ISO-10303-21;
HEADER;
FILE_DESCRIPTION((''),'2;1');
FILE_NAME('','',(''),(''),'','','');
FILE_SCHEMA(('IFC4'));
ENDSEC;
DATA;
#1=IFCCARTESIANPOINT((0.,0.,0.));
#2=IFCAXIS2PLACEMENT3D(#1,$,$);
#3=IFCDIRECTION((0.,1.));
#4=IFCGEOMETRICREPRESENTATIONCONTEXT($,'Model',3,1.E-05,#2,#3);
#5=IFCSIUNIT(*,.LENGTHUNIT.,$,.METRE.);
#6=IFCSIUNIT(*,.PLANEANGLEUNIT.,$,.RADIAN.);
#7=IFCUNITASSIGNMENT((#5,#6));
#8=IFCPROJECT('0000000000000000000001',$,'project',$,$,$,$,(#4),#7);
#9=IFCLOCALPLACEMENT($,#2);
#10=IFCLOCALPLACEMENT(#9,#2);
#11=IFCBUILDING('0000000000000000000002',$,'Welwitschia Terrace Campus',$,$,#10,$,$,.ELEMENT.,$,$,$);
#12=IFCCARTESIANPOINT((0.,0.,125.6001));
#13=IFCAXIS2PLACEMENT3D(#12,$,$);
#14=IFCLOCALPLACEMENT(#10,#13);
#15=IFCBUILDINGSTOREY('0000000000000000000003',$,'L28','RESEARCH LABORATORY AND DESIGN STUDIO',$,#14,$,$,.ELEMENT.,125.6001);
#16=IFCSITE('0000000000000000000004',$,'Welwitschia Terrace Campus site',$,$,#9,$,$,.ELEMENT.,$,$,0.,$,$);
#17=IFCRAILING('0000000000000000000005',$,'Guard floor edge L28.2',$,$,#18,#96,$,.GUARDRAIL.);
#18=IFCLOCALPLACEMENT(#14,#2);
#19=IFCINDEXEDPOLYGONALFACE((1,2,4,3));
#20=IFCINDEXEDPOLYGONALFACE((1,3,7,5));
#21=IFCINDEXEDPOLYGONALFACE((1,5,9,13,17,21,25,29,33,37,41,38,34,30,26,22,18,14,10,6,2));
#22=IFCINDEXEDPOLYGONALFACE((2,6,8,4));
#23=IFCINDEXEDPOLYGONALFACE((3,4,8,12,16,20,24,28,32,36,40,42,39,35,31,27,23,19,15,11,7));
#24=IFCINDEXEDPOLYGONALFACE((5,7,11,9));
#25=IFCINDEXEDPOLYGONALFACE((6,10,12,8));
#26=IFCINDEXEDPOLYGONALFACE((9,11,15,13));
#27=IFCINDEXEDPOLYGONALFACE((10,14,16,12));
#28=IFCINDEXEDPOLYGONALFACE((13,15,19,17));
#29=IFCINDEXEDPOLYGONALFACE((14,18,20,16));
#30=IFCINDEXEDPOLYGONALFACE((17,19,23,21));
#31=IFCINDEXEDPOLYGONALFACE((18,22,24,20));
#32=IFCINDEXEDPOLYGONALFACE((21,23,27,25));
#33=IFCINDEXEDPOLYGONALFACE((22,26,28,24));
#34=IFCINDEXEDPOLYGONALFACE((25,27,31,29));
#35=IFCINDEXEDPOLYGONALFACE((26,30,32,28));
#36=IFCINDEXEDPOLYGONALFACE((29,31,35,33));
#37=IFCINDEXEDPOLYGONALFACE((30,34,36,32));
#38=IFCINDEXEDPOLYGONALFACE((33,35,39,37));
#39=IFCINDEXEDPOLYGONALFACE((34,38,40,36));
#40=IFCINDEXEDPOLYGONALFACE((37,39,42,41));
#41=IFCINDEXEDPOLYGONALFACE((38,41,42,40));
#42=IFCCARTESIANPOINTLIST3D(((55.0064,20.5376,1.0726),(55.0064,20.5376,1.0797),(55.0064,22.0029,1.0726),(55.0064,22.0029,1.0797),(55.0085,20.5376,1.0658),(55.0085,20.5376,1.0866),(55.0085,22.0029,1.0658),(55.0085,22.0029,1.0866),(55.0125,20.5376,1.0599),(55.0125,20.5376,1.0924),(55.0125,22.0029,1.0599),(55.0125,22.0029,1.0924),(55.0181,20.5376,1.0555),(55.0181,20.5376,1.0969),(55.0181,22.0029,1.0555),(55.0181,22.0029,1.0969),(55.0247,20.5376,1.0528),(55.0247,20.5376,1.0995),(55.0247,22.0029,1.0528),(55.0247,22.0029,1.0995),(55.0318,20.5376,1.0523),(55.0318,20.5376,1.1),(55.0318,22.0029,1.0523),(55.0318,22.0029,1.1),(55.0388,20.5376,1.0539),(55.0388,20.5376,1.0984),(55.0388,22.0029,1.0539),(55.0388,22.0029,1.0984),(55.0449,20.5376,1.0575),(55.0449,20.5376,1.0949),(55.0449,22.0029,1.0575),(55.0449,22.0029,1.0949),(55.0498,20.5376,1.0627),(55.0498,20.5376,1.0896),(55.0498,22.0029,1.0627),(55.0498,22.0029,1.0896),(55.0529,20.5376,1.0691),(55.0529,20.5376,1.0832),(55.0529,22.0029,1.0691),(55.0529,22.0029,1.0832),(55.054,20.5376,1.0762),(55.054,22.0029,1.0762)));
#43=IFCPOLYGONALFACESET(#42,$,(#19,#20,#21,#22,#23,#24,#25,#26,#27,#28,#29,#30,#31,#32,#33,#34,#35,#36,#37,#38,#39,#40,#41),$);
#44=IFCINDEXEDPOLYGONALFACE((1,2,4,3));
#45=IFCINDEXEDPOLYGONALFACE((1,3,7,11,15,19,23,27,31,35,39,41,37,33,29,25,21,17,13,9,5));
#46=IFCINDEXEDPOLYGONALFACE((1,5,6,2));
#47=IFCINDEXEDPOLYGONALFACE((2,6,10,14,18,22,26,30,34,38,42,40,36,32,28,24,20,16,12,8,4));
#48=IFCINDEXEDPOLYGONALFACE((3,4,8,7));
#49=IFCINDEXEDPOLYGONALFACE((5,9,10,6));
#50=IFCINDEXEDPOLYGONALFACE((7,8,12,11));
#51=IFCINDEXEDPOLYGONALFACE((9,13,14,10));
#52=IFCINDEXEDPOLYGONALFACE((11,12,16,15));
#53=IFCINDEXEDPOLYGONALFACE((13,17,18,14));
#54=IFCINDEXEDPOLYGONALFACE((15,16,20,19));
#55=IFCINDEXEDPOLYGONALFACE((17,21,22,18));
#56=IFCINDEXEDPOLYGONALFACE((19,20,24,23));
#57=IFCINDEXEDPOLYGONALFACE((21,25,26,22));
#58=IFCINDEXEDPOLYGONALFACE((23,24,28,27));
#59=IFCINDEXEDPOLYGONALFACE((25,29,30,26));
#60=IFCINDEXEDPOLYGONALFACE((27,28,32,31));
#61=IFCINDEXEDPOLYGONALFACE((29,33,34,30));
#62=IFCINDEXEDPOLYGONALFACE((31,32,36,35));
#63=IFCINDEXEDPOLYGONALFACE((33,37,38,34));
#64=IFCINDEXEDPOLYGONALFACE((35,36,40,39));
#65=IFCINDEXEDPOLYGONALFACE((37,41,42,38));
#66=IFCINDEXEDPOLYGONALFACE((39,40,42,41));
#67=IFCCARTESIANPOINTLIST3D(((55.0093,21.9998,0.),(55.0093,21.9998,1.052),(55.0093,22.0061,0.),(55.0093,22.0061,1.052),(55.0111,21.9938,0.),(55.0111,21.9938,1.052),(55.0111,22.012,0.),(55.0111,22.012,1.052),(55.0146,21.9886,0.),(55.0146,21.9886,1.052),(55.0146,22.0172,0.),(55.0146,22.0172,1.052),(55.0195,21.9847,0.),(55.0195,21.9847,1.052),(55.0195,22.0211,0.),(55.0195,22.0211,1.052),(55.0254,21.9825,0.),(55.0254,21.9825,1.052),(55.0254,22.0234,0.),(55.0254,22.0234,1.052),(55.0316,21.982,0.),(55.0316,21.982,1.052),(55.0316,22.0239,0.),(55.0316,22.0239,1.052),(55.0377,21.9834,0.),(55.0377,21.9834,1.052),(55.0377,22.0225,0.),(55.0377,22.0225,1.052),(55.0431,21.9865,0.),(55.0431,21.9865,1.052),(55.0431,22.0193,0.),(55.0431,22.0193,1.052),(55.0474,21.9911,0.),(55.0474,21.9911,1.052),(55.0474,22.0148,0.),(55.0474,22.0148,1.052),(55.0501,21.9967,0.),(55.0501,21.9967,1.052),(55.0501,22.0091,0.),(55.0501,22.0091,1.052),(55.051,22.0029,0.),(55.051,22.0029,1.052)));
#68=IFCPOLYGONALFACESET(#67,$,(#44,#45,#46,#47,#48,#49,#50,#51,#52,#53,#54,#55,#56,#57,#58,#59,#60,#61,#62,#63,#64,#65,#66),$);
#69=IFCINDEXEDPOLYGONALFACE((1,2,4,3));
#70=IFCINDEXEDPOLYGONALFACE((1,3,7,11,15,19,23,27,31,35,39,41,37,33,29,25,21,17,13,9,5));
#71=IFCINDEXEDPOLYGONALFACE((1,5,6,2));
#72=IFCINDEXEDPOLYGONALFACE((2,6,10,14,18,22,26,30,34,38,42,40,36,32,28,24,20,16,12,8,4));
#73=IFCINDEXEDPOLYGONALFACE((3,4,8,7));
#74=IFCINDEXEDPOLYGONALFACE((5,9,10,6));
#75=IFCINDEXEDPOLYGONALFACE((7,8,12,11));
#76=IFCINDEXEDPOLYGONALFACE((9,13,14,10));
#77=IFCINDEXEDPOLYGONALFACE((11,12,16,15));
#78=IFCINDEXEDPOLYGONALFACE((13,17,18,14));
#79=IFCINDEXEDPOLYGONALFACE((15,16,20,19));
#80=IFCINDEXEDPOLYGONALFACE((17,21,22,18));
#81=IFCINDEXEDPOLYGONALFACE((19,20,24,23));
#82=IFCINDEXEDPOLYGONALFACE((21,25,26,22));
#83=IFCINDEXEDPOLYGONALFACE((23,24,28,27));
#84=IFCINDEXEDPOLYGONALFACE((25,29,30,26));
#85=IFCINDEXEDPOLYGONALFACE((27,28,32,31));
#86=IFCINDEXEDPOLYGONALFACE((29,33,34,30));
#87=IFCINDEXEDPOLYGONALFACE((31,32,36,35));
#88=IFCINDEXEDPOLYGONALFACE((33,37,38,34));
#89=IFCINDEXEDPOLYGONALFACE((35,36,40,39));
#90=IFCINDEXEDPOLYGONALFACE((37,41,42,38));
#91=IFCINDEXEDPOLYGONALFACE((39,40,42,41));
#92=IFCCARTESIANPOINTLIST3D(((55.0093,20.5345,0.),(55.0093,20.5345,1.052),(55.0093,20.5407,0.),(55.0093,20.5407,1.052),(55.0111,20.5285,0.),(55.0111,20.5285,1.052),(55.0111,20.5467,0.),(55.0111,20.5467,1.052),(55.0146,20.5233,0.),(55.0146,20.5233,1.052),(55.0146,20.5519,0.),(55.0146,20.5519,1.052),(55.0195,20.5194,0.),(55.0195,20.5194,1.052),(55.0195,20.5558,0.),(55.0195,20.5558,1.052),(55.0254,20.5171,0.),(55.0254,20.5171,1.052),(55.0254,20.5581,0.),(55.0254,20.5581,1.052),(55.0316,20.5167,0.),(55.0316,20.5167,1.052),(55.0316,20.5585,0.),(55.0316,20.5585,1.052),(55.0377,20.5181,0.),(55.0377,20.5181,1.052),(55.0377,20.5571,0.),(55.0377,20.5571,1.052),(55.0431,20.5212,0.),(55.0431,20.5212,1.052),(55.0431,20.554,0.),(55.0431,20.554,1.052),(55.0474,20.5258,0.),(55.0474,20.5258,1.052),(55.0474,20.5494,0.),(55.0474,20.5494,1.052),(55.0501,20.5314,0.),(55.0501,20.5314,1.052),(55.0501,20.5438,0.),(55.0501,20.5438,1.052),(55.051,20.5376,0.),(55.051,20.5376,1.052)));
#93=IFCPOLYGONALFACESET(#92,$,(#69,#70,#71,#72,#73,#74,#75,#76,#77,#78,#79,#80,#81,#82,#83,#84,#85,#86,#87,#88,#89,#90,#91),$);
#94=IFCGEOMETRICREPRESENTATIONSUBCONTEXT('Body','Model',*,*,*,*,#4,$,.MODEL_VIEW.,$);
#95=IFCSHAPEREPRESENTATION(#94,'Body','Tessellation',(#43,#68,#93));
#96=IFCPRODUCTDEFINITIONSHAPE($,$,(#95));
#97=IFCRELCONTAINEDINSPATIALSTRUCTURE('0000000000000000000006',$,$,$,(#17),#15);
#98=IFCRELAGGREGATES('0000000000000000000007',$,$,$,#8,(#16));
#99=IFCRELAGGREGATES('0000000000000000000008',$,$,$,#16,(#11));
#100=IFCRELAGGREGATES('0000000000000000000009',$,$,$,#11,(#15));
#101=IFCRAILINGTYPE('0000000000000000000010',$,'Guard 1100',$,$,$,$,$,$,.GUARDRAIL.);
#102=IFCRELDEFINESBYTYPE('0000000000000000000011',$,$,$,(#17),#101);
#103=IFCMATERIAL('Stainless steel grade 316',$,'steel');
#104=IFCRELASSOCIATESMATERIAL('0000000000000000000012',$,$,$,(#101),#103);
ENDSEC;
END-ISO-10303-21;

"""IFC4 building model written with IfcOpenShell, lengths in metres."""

from ifc_helpers import new_model, si_unit, direction, frame, origin, origin_2d, place, context, subcontext, project, spatial, circle, extrude, material, type_object, element, save


model = new_model("IFC4")

# Units and contexts
model_context = context("Model", 3, precision=1e-05, world=origin(), true_north=direction((0.0, 1.0)))
body_context = subcontext(model_context, "Body", "Model", "MODEL_VIEW")
ifc_project = project(units=[si_unit("LENGTHUNIT", "METRE"), si_unit("PLANEANGLEUNIT", "RADIAN")], contexts=[model_context])

# Site, building, storey
site_placement = place(None, origin())
site = spatial("IfcSite", under=ifc_project, at=site_placement, Name="Welwitschia Terrace Campus site", CompositionType="ELEMENT", RefElevation=0.0)
building_placement = place(site_placement, origin())
building = spatial("IfcBuilding", under=site, at=building_placement, Name="Welwitschia Terrace Campus", CompositionType="ELEMENT")
storey_placement = place(building_placement, frame((0.0, 0.0, 125.6001)))
storey = spatial("IfcBuildingStorey", under=building, at=storey_placement, Name="L28", Description="RESEARCH LABORATORY AND DESIGN STUDIO", CompositionType="ELEMENT", Elevation=125.6001)

# Railing
ifc_material_1 = material(Name="Stainless steel grade 316", Category="steel")
railing_type = type_object("IfcRailingType", Name="Guard 1100", PredefinedType="GUARDRAIL", material=ifc_material_1)
railing_1_placement = place(storey_placement, frame((55.03, 22.0029, 0.0)))
element("IfcRailing", 1, at=railing_1_placement, inside=storey, type_object=railing_type, Name="Guard floor edge L28.2", PredefinedType="GUARDRAIL", context=body_context, shape_type="SweptSolid", body=[
    extrude(circle(Radius=0.0239, at=origin_2d()), frame((0.0, 0.0, 1.0762), z_axis=(0.0, -1.0, 0.0), x_axis=(1.0, 0.0, 0.0)), (0.0, 0.0, 1.0), 1.4653),
    extrude(circle(Radius=0.021, at=origin_2d()), origin(), (0.0, 0.0, 1.0), 1.052),
    extrude(circle(Radius=0.021, at=origin_2d()), frame((0.0, -1.4653, 0.0)), (0.0, 0.0, 1.0), 1.052),
])

save(model, "model.ifc")
